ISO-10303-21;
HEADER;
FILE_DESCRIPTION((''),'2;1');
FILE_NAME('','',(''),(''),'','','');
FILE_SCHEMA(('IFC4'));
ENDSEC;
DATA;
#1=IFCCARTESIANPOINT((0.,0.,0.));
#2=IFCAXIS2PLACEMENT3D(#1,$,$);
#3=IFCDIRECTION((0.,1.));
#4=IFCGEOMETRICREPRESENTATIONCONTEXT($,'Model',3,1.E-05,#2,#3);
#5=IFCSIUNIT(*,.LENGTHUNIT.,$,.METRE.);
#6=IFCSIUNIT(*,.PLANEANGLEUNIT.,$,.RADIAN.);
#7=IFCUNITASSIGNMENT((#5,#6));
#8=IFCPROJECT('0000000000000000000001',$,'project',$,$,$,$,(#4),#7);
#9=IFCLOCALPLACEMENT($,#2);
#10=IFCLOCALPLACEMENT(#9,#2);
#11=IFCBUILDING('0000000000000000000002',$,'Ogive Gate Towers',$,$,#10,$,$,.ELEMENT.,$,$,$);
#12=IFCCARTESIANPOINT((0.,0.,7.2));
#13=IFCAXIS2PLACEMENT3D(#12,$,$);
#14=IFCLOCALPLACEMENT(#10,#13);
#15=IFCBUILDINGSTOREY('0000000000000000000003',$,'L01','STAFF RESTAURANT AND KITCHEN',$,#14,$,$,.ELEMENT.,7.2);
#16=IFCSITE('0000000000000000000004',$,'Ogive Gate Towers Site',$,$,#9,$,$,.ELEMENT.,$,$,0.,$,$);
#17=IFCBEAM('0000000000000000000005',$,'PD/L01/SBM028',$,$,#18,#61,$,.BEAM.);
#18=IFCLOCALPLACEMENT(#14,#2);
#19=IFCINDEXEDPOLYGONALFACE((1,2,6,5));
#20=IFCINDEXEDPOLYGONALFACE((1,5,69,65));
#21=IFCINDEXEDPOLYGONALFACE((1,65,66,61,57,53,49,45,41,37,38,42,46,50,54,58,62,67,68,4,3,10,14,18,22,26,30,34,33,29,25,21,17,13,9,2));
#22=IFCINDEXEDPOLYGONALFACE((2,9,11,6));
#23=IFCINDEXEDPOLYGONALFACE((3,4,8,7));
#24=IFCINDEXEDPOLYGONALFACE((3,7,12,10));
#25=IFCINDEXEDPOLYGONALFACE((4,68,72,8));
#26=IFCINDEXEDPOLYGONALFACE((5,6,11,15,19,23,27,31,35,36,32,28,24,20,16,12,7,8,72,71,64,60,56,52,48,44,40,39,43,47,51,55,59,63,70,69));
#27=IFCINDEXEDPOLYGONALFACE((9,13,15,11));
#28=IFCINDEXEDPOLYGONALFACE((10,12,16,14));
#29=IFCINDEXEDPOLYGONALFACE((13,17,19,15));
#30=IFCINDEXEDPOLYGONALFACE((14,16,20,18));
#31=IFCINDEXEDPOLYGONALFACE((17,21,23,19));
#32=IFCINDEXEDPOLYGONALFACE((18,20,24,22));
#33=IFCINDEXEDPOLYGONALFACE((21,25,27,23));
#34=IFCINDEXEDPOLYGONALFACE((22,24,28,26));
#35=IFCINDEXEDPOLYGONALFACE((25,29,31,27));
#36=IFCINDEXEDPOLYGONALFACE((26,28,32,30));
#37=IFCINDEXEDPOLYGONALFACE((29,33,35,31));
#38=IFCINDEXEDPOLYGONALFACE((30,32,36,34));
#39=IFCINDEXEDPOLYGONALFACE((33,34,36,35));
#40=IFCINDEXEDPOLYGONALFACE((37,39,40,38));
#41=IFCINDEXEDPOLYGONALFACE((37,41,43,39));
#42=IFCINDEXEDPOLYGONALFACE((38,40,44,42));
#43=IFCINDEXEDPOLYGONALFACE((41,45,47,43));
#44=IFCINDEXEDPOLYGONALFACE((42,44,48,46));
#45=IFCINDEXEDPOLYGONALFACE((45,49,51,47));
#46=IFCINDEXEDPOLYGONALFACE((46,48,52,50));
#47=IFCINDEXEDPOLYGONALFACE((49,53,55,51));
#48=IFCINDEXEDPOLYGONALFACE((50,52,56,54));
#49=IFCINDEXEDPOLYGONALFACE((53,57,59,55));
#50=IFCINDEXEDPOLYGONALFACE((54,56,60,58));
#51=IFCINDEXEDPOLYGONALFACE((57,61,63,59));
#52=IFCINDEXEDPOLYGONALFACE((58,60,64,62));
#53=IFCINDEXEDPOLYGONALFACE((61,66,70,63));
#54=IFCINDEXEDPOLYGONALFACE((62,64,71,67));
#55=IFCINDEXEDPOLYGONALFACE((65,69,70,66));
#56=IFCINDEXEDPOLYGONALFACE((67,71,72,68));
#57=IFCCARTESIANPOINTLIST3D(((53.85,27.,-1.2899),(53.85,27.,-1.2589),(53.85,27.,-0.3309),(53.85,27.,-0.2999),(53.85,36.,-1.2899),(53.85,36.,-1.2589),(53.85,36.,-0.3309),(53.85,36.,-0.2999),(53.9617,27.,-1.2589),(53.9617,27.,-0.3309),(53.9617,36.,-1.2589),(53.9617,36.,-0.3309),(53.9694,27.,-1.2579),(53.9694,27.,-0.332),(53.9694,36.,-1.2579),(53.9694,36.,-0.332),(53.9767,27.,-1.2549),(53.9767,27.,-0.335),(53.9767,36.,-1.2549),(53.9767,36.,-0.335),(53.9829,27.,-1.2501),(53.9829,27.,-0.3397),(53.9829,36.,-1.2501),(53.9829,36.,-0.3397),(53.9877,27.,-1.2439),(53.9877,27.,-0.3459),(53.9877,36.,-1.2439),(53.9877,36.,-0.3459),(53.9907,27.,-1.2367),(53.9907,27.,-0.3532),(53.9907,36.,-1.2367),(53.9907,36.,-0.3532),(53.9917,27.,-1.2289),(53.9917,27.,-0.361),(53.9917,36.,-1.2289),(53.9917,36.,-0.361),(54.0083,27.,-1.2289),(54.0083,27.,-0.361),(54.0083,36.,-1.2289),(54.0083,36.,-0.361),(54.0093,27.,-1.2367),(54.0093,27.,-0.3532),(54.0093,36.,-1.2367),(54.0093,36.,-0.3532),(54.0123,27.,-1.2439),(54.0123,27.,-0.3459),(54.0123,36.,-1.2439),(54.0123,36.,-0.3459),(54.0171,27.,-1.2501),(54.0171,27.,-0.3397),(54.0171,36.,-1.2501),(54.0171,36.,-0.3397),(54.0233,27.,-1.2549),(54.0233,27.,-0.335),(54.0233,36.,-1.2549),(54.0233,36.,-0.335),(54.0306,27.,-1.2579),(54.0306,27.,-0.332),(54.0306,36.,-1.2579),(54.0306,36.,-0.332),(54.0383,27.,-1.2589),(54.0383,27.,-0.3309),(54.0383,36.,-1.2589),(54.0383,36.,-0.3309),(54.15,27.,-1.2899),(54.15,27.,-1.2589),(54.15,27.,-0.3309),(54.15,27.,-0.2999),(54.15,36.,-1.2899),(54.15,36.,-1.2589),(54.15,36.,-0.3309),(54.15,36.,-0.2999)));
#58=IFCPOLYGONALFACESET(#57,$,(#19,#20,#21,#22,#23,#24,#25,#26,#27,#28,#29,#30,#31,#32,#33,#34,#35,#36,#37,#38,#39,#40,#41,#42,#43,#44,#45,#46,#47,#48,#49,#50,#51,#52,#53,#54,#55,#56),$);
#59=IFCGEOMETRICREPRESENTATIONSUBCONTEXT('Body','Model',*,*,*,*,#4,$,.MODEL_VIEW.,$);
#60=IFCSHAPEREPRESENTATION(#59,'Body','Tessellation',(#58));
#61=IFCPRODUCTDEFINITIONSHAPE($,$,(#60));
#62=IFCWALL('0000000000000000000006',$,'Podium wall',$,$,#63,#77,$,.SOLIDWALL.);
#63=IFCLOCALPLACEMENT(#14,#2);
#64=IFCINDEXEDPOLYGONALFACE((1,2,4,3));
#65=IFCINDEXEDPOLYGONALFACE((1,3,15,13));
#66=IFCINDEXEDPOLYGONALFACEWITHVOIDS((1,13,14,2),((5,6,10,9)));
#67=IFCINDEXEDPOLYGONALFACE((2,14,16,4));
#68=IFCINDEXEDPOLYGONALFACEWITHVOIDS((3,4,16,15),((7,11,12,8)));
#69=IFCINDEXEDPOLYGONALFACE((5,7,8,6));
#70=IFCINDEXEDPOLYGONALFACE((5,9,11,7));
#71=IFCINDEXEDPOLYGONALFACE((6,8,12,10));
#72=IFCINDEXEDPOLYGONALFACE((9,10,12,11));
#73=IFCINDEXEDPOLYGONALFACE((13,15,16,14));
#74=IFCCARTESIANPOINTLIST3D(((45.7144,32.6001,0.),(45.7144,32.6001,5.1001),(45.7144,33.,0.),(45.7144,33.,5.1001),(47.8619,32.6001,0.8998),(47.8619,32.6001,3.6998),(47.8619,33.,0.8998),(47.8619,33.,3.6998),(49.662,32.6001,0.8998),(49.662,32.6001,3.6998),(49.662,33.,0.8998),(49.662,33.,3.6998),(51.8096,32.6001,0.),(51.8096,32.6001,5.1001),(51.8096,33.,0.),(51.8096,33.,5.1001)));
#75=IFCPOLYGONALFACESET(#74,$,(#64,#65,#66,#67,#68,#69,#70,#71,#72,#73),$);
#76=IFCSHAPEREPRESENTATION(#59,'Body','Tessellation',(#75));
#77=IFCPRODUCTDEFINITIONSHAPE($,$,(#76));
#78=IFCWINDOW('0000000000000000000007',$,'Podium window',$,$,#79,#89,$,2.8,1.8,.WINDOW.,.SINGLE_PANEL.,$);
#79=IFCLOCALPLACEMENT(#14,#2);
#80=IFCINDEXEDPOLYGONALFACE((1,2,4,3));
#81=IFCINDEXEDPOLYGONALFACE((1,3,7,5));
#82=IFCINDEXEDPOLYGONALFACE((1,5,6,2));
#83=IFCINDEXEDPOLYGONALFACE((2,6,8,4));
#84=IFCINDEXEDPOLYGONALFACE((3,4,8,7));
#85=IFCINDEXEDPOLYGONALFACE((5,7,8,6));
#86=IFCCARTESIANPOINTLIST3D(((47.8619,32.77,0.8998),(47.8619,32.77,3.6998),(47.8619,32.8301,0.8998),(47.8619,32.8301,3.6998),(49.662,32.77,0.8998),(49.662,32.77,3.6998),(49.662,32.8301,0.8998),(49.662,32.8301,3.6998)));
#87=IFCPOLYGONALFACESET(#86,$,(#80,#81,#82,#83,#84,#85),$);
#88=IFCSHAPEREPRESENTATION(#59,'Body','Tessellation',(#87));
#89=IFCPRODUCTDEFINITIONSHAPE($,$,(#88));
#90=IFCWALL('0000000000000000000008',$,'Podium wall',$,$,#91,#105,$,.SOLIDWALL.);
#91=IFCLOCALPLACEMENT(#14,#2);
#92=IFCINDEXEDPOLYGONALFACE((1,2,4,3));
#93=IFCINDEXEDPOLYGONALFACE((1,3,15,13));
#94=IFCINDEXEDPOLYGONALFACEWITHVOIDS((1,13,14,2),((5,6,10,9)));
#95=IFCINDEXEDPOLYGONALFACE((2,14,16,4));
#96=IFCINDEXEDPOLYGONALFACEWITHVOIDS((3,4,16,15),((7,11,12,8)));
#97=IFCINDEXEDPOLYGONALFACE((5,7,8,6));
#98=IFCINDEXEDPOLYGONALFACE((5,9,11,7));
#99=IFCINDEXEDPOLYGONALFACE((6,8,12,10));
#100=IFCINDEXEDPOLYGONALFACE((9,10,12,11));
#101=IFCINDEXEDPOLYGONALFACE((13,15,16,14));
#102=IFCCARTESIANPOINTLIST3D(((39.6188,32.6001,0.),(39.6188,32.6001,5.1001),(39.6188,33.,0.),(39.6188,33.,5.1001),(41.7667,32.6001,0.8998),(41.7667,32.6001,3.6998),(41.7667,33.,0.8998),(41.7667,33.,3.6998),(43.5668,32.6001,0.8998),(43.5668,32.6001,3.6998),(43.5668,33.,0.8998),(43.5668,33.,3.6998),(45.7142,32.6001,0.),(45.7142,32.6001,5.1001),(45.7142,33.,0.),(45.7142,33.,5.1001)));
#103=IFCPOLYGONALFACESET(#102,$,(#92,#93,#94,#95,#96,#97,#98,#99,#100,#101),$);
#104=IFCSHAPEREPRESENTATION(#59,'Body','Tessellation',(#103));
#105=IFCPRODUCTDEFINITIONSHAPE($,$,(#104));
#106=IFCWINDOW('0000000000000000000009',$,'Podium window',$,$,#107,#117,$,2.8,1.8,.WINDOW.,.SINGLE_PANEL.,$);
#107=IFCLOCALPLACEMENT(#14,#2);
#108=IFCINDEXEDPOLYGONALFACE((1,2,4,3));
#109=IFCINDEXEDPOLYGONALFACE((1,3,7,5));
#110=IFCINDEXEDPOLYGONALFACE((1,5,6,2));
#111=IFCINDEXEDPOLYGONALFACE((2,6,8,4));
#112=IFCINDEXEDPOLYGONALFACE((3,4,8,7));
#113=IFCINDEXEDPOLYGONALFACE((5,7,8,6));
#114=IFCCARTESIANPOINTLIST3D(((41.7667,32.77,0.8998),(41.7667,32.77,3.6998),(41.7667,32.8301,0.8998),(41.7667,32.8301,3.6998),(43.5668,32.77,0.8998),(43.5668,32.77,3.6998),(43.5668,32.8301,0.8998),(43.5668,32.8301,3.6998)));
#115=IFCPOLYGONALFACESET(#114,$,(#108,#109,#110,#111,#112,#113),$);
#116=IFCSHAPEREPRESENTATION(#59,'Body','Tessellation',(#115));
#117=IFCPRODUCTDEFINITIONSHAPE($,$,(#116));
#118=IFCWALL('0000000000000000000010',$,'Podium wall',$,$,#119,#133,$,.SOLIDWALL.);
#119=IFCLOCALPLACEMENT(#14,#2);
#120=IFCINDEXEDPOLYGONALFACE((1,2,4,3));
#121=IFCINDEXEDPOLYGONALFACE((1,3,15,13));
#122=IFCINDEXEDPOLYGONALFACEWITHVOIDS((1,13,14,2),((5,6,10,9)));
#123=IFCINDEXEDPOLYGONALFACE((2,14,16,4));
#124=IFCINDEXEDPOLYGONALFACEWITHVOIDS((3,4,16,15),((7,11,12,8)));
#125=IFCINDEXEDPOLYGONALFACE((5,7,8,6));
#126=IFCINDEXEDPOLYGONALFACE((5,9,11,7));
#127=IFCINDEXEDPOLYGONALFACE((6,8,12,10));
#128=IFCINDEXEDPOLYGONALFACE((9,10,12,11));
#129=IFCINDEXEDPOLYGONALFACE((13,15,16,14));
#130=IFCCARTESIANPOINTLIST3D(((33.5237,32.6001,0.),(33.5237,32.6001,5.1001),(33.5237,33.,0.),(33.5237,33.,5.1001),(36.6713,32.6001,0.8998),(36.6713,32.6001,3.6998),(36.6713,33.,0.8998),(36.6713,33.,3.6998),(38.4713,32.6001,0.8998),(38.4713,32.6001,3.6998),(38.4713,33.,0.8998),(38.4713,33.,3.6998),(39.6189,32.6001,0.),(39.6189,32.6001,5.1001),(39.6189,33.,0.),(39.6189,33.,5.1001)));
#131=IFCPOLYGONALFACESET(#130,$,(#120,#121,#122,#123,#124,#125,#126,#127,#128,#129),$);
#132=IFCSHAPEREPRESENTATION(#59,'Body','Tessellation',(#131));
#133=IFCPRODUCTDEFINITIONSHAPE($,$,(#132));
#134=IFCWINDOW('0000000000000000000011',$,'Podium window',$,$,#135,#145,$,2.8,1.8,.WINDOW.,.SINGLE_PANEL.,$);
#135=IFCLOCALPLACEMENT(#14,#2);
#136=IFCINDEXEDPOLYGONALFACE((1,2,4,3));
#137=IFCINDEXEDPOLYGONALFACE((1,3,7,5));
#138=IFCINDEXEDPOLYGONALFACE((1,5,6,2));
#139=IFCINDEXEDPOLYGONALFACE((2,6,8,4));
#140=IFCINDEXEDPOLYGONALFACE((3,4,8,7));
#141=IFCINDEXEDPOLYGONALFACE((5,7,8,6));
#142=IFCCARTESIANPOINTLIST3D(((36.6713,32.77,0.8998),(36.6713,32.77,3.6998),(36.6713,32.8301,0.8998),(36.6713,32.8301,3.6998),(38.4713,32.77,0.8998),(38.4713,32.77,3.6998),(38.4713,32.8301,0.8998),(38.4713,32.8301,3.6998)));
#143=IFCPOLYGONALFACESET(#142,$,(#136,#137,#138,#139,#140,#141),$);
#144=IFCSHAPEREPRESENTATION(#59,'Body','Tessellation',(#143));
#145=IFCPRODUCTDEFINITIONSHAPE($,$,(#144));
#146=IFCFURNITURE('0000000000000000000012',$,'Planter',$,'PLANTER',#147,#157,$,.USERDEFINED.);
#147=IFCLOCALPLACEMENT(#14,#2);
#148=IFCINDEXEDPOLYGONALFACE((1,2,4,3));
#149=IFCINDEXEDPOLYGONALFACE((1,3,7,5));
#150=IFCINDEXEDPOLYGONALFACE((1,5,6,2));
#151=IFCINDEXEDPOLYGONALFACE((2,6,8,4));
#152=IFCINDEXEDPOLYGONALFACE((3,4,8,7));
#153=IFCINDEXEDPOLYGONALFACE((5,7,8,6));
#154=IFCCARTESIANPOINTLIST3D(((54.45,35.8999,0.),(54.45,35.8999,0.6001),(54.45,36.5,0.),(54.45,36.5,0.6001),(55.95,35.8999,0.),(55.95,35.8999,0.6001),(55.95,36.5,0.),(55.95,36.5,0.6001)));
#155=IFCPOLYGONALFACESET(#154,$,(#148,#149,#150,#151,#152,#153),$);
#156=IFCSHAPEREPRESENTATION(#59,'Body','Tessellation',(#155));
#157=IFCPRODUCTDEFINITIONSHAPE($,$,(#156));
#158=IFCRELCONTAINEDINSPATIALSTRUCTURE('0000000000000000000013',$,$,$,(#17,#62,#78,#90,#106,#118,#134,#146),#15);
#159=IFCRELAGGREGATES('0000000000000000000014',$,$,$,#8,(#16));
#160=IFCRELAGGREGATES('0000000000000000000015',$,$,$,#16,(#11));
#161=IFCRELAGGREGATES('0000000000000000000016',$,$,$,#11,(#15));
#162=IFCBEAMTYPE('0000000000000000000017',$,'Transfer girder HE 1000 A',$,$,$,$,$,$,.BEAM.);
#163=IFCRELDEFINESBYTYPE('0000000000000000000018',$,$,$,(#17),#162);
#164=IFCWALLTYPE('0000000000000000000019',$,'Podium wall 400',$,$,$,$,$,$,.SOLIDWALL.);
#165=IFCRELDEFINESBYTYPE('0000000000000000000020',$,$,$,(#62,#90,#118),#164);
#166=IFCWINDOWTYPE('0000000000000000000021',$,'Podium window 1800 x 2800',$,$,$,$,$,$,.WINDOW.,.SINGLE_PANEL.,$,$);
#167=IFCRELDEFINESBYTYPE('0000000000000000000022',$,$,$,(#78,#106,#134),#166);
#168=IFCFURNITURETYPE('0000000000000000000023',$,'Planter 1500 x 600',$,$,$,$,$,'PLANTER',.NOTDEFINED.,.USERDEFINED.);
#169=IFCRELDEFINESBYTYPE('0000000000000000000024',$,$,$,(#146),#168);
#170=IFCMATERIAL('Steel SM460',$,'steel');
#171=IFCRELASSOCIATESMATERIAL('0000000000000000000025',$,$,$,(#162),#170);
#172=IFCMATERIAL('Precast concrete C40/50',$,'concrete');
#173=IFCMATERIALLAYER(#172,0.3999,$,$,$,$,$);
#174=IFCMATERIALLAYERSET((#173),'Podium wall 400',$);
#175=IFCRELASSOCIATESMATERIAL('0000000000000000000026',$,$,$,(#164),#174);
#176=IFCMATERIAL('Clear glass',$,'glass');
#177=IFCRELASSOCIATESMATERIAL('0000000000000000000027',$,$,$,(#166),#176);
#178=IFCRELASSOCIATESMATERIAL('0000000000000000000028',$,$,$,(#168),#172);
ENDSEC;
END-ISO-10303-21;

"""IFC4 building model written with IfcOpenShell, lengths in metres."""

from ifc_helpers import new_model, si_unit, direction, frame, frame_2d, origin, origin_2d, place, context, subcontext, project, spatial, rectangle, i_section, extrude, material, layer, layer_set, material_profile, profile_set, type_object, element, fill, save


model = new_model("IFC4")

# Units and contexts
model_context = context("Model", 3, precision=1e-05, world=origin(), true_north=direction((0.0, 1.0)))
body_context = subcontext(model_context, "Body", "Model", "MODEL_VIEW")
ifc_project = project(units=[si_unit("LENGTHUNIT", "METRE"), si_unit("PLANEANGLEUNIT", "RADIAN")], contexts=[model_context])

# Site, building, storey
site_placement = place(None, origin())
site = spatial("IfcSite", under=ifc_project, at=site_placement, Name="Ogive Gate Towers Site", CompositionType="ELEMENT", RefElevation=0.0)
building_placement = place(site_placement, origin())
building = spatial("IfcBuilding", under=site, at=building_placement, Name="Ogive Gate Towers", CompositionType="ELEMENT")
storey_placement = place(building_placement, frame((0.0, 0.0, 7.2)))
storey = spatial("IfcBuildingStorey", under=building, at=storey_placement, Name="L01", Description="STAFF RESTAURANT AND KITCHEN", CompositionType="ELEMENT", Elevation=7.2)

# Beam
ifc_material_1 = material(Name="Steel SM460", Category="steel")
ifc_material_profile_1 = material_profile(ifc_material_1, i_section(OverallWidth=0.3, OverallDepth=0.99, WebThickness=0.0166, FlangeThickness=0.031, FilletRadius=0.03, at=origin_2d()), Name="HE 1000 A")
ifc_profile_set_1 = profile_set([ifc_material_profile_1], Name="Steel SM460")
beam_type_1 = type_object("IfcBeamType", Name="Transfer girder HE 1000 A", PredefinedType="BEAM", material=ifc_profile_set_1)
for number, where, z_axis, x_axis, name in (
    (1, (54.0, 27.0, -0.7949), (0.0, 1.0, 0.0), (-1.0, 0.0, 0.0), "PD/L01/SBM028"),
):
    element("IfcBeam", number, at=place(storey_placement, frame(where, z_axis=z_axis, x_axis=x_axis)), inside=storey, type_object=beam_type_1, Name=name, PredefinedType="BEAM", context=body_context, shape_type="SweptSolid", body=[
        extrude(i_section(OverallWidth=0.3, OverallDepth=0.99, WebThickness=0.0166, FlangeThickness=0.031, FilletRadius=0.03, at=origin_2d()), origin(), (0.0, 0.0, 1.0), 9.0),
    ])

# Walls, openings, windows
ifc_material_2 = material(Name="Precast concrete C40/50", Category="concrete")
ifc_layer = layer(ifc_material_2, 0.3999)
ifc_layer_set = layer_set([ifc_layer], Name="Podium wall 400")
wall_type = type_object("IfcWallType", Name="Podium wall 400", PredefinedType="SOLIDWALL", material=ifc_layer_set)
wall_1_placement = place(storey_placement, frame((51.8096, 32.8, 0.0), z_axis=(0.0, 0.0, 1.0), x_axis=(-1.0, 0.0, 0.0)))
wall_1 = element("IfcWall", 2, at=wall_1_placement, inside=storey, type_object=wall_type, Name="Podium wall", PredefinedType="SOLIDWALL", context=body_context, shape_type="SweptSolid", body=[
    extrude(rectangle(XDim=6.0952, YDim=0.3999, at=frame_2d((3.0476, 0.0))), origin(), (0.0, 0.0, 1.0), 5.1001),
])
opening_1_placement = place(wall_1_placement, frame((2.1477, 0.0, 0.8999)))
opening_1 = element("IfcOpeningElement", 3, at=opening_1_placement, cuts=wall_1, PredefinedType="OPENING", context=body_context, shape_type="SweptSolid", body=[
    extrude(rectangle(XDim=1.8, YDim=2.8, at=frame_2d((0.8999, 1.3999))), frame((0.0, 0.21, 0.0), z_axis=(0.0, -1.0, 0.0), x_axis=(1.0, 0.0, 0.0)), (0.0, 0.0, 1.0), 0.4199),
])
ifc_material_3 = material(Name="Clear glass", Category="glass")
window_type = type_object("IfcWindowType", Name="Podium window 1800 x 2800", PartitioningType="SINGLE_PANEL", PredefinedType="WINDOW", material=ifc_material_3)
window_1_placement = place(opening_1_placement, origin())
window_1 = element("IfcWindow", 4, at=window_1_placement, inside=storey, type_object=window_type, Name="Podium window", OverallHeight=2.8, OverallWidth=1.8, PartitioningType="SINGLE_PANEL", PredefinedType="WINDOW", context=body_context, shape_type="SweptSolid", body=[
    extrude(rectangle(XDim=1.8, YDim=2.8, at=frame_2d((0.8999, 1.3999))), frame((0.0, 0.03, 0.0), z_axis=(0.0, -1.0, 0.0), x_axis=(1.0, 0.0, 0.0)), (0.0, 0.0, 1.0), 0.0601),
])
fill(opening_1, window_1)
wall_2_placement = place(storey_placement, frame((45.7144, 32.8, 0.0), z_axis=(0.0, 0.0, 1.0), x_axis=(-1.0, 0.0, 0.0)))
wall_2 = element("IfcWall", 5, at=wall_2_placement, inside=storey, type_object=wall_type, Name="Podium wall", PredefinedType="SOLIDWALL", context=body_context, shape_type="SweptSolid", body=[
    extrude(rectangle(XDim=6.0955, YDim=0.3999, at=frame_2d((3.0479, 0.0))), origin(), (0.0, 0.0, 1.0), 5.1001),
])
opening_2_placement = place(wall_2_placement, frame((2.1477, 0.0, 0.8999)))
opening_2 = element("IfcOpeningElement", 6, at=opening_2_placement, cuts=wall_2, PredefinedType="OPENING", context=body_context, shape_type="SweptSolid", body=[
    extrude(rectangle(XDim=1.8, YDim=2.8, at=frame_2d((0.8999, 1.3999))), frame((0.0, 0.21, 0.0), z_axis=(0.0, -1.0, 0.0), x_axis=(1.0, 0.0, 0.0)), (0.0, 0.0, 1.0), 0.4199),
])
window_2_placement = place(opening_2_placement, origin())
window_2 = element("IfcWindow", 7, at=window_2_placement, inside=storey, type_object=window_type, Name="Podium window", OverallHeight=2.8, OverallWidth=1.8, PartitioningType="SINGLE_PANEL", PredefinedType="WINDOW", context=body_context, shape_type="SweptSolid", body=[
    extrude(rectangle(XDim=1.8, YDim=2.8, at=frame_2d((0.8999, 1.3999))), frame((0.0, 0.03, 0.0), z_axis=(0.0, -1.0, 0.0), x_axis=(1.0, 0.0, 0.0)), (0.0, 0.0, 1.0), 0.0601),
])
fill(opening_2, window_2)
wall_3_placement = place(storey_placement, frame((39.6189, 32.8, 0.0), z_axis=(0.0, 0.0, 1.0), x_axis=(-1.0, 0.0, 0.0)))
wall_3 = element("IfcWall", 8, at=wall_3_placement, inside=storey, type_object=wall_type, Name="Podium wall", PredefinedType="SOLIDWALL", context=body_context, shape_type="SweptSolid", body=[
    extrude(rectangle(XDim=6.0952, YDim=0.3999, at=frame_2d((3.0476, 0.0))), origin(), (0.0, 0.0, 1.0), 5.1001),
])
opening_3_placement = place(wall_3_placement, frame((1.1477, 0.0, 0.8999)))
opening_3 = element("IfcOpeningElement", 9, at=opening_3_placement, cuts=wall_3, PredefinedType="OPENING", context=body_context, shape_type="SweptSolid", body=[
    extrude(rectangle(XDim=1.8, YDim=2.8, at=frame_2d((0.8999, 1.3999))), frame((0.0, 0.21, 0.0), z_axis=(0.0, -1.0, 0.0), x_axis=(1.0, 0.0, 0.0)), (0.0, 0.0, 1.0), 0.4199),
])
window_3_placement = place(opening_3_placement, origin())
window_3 = element("IfcWindow", 10, at=window_3_placement, inside=storey, type_object=window_type, Name="Podium window", OverallHeight=2.8, OverallWidth=1.8, PartitioningType="SINGLE_PANEL", PredefinedType="WINDOW", context=body_context, shape_type="SweptSolid", body=[
    extrude(rectangle(XDim=1.8, YDim=2.8, at=frame_2d((0.8999, 1.3999))), frame((0.0, 0.03, 0.0), z_axis=(0.0, -1.0, 0.0), x_axis=(1.0, 0.0, 0.0)), (0.0, 0.0, 1.0), 0.0601),
])
fill(opening_3, window_3)

# Furniture
furniture_type = type_object("IfcFurnitureType", Name="Planter 1500 x 600", ElementType="PLANTER", AssemblyPlace="NOTDEFINED", PredefinedType="USERDEFINED", material=ifc_material_2)
furniture_placement = place(storey_placement, frame((55.2, 36.2, 0.0), z_axis=(0.0, 0.0, 1.0), x_axis=(-1.0, 0.0, 0.0)))
element("IfcFurniture", 11, at=furniture_placement, inside=storey, type_object=furniture_type, Name="Planter", ObjectType="PLANTER", PredefinedType="USERDEFINED", context=body_context, shape_type="SweptSolid", body=[
    extrude(rectangle(XDim=1.5, YDim=0.6001, at=origin_2d()), origin(), (0.0, 0.0, 1.0), 0.6001),
])

save(model, "model.ifc")
